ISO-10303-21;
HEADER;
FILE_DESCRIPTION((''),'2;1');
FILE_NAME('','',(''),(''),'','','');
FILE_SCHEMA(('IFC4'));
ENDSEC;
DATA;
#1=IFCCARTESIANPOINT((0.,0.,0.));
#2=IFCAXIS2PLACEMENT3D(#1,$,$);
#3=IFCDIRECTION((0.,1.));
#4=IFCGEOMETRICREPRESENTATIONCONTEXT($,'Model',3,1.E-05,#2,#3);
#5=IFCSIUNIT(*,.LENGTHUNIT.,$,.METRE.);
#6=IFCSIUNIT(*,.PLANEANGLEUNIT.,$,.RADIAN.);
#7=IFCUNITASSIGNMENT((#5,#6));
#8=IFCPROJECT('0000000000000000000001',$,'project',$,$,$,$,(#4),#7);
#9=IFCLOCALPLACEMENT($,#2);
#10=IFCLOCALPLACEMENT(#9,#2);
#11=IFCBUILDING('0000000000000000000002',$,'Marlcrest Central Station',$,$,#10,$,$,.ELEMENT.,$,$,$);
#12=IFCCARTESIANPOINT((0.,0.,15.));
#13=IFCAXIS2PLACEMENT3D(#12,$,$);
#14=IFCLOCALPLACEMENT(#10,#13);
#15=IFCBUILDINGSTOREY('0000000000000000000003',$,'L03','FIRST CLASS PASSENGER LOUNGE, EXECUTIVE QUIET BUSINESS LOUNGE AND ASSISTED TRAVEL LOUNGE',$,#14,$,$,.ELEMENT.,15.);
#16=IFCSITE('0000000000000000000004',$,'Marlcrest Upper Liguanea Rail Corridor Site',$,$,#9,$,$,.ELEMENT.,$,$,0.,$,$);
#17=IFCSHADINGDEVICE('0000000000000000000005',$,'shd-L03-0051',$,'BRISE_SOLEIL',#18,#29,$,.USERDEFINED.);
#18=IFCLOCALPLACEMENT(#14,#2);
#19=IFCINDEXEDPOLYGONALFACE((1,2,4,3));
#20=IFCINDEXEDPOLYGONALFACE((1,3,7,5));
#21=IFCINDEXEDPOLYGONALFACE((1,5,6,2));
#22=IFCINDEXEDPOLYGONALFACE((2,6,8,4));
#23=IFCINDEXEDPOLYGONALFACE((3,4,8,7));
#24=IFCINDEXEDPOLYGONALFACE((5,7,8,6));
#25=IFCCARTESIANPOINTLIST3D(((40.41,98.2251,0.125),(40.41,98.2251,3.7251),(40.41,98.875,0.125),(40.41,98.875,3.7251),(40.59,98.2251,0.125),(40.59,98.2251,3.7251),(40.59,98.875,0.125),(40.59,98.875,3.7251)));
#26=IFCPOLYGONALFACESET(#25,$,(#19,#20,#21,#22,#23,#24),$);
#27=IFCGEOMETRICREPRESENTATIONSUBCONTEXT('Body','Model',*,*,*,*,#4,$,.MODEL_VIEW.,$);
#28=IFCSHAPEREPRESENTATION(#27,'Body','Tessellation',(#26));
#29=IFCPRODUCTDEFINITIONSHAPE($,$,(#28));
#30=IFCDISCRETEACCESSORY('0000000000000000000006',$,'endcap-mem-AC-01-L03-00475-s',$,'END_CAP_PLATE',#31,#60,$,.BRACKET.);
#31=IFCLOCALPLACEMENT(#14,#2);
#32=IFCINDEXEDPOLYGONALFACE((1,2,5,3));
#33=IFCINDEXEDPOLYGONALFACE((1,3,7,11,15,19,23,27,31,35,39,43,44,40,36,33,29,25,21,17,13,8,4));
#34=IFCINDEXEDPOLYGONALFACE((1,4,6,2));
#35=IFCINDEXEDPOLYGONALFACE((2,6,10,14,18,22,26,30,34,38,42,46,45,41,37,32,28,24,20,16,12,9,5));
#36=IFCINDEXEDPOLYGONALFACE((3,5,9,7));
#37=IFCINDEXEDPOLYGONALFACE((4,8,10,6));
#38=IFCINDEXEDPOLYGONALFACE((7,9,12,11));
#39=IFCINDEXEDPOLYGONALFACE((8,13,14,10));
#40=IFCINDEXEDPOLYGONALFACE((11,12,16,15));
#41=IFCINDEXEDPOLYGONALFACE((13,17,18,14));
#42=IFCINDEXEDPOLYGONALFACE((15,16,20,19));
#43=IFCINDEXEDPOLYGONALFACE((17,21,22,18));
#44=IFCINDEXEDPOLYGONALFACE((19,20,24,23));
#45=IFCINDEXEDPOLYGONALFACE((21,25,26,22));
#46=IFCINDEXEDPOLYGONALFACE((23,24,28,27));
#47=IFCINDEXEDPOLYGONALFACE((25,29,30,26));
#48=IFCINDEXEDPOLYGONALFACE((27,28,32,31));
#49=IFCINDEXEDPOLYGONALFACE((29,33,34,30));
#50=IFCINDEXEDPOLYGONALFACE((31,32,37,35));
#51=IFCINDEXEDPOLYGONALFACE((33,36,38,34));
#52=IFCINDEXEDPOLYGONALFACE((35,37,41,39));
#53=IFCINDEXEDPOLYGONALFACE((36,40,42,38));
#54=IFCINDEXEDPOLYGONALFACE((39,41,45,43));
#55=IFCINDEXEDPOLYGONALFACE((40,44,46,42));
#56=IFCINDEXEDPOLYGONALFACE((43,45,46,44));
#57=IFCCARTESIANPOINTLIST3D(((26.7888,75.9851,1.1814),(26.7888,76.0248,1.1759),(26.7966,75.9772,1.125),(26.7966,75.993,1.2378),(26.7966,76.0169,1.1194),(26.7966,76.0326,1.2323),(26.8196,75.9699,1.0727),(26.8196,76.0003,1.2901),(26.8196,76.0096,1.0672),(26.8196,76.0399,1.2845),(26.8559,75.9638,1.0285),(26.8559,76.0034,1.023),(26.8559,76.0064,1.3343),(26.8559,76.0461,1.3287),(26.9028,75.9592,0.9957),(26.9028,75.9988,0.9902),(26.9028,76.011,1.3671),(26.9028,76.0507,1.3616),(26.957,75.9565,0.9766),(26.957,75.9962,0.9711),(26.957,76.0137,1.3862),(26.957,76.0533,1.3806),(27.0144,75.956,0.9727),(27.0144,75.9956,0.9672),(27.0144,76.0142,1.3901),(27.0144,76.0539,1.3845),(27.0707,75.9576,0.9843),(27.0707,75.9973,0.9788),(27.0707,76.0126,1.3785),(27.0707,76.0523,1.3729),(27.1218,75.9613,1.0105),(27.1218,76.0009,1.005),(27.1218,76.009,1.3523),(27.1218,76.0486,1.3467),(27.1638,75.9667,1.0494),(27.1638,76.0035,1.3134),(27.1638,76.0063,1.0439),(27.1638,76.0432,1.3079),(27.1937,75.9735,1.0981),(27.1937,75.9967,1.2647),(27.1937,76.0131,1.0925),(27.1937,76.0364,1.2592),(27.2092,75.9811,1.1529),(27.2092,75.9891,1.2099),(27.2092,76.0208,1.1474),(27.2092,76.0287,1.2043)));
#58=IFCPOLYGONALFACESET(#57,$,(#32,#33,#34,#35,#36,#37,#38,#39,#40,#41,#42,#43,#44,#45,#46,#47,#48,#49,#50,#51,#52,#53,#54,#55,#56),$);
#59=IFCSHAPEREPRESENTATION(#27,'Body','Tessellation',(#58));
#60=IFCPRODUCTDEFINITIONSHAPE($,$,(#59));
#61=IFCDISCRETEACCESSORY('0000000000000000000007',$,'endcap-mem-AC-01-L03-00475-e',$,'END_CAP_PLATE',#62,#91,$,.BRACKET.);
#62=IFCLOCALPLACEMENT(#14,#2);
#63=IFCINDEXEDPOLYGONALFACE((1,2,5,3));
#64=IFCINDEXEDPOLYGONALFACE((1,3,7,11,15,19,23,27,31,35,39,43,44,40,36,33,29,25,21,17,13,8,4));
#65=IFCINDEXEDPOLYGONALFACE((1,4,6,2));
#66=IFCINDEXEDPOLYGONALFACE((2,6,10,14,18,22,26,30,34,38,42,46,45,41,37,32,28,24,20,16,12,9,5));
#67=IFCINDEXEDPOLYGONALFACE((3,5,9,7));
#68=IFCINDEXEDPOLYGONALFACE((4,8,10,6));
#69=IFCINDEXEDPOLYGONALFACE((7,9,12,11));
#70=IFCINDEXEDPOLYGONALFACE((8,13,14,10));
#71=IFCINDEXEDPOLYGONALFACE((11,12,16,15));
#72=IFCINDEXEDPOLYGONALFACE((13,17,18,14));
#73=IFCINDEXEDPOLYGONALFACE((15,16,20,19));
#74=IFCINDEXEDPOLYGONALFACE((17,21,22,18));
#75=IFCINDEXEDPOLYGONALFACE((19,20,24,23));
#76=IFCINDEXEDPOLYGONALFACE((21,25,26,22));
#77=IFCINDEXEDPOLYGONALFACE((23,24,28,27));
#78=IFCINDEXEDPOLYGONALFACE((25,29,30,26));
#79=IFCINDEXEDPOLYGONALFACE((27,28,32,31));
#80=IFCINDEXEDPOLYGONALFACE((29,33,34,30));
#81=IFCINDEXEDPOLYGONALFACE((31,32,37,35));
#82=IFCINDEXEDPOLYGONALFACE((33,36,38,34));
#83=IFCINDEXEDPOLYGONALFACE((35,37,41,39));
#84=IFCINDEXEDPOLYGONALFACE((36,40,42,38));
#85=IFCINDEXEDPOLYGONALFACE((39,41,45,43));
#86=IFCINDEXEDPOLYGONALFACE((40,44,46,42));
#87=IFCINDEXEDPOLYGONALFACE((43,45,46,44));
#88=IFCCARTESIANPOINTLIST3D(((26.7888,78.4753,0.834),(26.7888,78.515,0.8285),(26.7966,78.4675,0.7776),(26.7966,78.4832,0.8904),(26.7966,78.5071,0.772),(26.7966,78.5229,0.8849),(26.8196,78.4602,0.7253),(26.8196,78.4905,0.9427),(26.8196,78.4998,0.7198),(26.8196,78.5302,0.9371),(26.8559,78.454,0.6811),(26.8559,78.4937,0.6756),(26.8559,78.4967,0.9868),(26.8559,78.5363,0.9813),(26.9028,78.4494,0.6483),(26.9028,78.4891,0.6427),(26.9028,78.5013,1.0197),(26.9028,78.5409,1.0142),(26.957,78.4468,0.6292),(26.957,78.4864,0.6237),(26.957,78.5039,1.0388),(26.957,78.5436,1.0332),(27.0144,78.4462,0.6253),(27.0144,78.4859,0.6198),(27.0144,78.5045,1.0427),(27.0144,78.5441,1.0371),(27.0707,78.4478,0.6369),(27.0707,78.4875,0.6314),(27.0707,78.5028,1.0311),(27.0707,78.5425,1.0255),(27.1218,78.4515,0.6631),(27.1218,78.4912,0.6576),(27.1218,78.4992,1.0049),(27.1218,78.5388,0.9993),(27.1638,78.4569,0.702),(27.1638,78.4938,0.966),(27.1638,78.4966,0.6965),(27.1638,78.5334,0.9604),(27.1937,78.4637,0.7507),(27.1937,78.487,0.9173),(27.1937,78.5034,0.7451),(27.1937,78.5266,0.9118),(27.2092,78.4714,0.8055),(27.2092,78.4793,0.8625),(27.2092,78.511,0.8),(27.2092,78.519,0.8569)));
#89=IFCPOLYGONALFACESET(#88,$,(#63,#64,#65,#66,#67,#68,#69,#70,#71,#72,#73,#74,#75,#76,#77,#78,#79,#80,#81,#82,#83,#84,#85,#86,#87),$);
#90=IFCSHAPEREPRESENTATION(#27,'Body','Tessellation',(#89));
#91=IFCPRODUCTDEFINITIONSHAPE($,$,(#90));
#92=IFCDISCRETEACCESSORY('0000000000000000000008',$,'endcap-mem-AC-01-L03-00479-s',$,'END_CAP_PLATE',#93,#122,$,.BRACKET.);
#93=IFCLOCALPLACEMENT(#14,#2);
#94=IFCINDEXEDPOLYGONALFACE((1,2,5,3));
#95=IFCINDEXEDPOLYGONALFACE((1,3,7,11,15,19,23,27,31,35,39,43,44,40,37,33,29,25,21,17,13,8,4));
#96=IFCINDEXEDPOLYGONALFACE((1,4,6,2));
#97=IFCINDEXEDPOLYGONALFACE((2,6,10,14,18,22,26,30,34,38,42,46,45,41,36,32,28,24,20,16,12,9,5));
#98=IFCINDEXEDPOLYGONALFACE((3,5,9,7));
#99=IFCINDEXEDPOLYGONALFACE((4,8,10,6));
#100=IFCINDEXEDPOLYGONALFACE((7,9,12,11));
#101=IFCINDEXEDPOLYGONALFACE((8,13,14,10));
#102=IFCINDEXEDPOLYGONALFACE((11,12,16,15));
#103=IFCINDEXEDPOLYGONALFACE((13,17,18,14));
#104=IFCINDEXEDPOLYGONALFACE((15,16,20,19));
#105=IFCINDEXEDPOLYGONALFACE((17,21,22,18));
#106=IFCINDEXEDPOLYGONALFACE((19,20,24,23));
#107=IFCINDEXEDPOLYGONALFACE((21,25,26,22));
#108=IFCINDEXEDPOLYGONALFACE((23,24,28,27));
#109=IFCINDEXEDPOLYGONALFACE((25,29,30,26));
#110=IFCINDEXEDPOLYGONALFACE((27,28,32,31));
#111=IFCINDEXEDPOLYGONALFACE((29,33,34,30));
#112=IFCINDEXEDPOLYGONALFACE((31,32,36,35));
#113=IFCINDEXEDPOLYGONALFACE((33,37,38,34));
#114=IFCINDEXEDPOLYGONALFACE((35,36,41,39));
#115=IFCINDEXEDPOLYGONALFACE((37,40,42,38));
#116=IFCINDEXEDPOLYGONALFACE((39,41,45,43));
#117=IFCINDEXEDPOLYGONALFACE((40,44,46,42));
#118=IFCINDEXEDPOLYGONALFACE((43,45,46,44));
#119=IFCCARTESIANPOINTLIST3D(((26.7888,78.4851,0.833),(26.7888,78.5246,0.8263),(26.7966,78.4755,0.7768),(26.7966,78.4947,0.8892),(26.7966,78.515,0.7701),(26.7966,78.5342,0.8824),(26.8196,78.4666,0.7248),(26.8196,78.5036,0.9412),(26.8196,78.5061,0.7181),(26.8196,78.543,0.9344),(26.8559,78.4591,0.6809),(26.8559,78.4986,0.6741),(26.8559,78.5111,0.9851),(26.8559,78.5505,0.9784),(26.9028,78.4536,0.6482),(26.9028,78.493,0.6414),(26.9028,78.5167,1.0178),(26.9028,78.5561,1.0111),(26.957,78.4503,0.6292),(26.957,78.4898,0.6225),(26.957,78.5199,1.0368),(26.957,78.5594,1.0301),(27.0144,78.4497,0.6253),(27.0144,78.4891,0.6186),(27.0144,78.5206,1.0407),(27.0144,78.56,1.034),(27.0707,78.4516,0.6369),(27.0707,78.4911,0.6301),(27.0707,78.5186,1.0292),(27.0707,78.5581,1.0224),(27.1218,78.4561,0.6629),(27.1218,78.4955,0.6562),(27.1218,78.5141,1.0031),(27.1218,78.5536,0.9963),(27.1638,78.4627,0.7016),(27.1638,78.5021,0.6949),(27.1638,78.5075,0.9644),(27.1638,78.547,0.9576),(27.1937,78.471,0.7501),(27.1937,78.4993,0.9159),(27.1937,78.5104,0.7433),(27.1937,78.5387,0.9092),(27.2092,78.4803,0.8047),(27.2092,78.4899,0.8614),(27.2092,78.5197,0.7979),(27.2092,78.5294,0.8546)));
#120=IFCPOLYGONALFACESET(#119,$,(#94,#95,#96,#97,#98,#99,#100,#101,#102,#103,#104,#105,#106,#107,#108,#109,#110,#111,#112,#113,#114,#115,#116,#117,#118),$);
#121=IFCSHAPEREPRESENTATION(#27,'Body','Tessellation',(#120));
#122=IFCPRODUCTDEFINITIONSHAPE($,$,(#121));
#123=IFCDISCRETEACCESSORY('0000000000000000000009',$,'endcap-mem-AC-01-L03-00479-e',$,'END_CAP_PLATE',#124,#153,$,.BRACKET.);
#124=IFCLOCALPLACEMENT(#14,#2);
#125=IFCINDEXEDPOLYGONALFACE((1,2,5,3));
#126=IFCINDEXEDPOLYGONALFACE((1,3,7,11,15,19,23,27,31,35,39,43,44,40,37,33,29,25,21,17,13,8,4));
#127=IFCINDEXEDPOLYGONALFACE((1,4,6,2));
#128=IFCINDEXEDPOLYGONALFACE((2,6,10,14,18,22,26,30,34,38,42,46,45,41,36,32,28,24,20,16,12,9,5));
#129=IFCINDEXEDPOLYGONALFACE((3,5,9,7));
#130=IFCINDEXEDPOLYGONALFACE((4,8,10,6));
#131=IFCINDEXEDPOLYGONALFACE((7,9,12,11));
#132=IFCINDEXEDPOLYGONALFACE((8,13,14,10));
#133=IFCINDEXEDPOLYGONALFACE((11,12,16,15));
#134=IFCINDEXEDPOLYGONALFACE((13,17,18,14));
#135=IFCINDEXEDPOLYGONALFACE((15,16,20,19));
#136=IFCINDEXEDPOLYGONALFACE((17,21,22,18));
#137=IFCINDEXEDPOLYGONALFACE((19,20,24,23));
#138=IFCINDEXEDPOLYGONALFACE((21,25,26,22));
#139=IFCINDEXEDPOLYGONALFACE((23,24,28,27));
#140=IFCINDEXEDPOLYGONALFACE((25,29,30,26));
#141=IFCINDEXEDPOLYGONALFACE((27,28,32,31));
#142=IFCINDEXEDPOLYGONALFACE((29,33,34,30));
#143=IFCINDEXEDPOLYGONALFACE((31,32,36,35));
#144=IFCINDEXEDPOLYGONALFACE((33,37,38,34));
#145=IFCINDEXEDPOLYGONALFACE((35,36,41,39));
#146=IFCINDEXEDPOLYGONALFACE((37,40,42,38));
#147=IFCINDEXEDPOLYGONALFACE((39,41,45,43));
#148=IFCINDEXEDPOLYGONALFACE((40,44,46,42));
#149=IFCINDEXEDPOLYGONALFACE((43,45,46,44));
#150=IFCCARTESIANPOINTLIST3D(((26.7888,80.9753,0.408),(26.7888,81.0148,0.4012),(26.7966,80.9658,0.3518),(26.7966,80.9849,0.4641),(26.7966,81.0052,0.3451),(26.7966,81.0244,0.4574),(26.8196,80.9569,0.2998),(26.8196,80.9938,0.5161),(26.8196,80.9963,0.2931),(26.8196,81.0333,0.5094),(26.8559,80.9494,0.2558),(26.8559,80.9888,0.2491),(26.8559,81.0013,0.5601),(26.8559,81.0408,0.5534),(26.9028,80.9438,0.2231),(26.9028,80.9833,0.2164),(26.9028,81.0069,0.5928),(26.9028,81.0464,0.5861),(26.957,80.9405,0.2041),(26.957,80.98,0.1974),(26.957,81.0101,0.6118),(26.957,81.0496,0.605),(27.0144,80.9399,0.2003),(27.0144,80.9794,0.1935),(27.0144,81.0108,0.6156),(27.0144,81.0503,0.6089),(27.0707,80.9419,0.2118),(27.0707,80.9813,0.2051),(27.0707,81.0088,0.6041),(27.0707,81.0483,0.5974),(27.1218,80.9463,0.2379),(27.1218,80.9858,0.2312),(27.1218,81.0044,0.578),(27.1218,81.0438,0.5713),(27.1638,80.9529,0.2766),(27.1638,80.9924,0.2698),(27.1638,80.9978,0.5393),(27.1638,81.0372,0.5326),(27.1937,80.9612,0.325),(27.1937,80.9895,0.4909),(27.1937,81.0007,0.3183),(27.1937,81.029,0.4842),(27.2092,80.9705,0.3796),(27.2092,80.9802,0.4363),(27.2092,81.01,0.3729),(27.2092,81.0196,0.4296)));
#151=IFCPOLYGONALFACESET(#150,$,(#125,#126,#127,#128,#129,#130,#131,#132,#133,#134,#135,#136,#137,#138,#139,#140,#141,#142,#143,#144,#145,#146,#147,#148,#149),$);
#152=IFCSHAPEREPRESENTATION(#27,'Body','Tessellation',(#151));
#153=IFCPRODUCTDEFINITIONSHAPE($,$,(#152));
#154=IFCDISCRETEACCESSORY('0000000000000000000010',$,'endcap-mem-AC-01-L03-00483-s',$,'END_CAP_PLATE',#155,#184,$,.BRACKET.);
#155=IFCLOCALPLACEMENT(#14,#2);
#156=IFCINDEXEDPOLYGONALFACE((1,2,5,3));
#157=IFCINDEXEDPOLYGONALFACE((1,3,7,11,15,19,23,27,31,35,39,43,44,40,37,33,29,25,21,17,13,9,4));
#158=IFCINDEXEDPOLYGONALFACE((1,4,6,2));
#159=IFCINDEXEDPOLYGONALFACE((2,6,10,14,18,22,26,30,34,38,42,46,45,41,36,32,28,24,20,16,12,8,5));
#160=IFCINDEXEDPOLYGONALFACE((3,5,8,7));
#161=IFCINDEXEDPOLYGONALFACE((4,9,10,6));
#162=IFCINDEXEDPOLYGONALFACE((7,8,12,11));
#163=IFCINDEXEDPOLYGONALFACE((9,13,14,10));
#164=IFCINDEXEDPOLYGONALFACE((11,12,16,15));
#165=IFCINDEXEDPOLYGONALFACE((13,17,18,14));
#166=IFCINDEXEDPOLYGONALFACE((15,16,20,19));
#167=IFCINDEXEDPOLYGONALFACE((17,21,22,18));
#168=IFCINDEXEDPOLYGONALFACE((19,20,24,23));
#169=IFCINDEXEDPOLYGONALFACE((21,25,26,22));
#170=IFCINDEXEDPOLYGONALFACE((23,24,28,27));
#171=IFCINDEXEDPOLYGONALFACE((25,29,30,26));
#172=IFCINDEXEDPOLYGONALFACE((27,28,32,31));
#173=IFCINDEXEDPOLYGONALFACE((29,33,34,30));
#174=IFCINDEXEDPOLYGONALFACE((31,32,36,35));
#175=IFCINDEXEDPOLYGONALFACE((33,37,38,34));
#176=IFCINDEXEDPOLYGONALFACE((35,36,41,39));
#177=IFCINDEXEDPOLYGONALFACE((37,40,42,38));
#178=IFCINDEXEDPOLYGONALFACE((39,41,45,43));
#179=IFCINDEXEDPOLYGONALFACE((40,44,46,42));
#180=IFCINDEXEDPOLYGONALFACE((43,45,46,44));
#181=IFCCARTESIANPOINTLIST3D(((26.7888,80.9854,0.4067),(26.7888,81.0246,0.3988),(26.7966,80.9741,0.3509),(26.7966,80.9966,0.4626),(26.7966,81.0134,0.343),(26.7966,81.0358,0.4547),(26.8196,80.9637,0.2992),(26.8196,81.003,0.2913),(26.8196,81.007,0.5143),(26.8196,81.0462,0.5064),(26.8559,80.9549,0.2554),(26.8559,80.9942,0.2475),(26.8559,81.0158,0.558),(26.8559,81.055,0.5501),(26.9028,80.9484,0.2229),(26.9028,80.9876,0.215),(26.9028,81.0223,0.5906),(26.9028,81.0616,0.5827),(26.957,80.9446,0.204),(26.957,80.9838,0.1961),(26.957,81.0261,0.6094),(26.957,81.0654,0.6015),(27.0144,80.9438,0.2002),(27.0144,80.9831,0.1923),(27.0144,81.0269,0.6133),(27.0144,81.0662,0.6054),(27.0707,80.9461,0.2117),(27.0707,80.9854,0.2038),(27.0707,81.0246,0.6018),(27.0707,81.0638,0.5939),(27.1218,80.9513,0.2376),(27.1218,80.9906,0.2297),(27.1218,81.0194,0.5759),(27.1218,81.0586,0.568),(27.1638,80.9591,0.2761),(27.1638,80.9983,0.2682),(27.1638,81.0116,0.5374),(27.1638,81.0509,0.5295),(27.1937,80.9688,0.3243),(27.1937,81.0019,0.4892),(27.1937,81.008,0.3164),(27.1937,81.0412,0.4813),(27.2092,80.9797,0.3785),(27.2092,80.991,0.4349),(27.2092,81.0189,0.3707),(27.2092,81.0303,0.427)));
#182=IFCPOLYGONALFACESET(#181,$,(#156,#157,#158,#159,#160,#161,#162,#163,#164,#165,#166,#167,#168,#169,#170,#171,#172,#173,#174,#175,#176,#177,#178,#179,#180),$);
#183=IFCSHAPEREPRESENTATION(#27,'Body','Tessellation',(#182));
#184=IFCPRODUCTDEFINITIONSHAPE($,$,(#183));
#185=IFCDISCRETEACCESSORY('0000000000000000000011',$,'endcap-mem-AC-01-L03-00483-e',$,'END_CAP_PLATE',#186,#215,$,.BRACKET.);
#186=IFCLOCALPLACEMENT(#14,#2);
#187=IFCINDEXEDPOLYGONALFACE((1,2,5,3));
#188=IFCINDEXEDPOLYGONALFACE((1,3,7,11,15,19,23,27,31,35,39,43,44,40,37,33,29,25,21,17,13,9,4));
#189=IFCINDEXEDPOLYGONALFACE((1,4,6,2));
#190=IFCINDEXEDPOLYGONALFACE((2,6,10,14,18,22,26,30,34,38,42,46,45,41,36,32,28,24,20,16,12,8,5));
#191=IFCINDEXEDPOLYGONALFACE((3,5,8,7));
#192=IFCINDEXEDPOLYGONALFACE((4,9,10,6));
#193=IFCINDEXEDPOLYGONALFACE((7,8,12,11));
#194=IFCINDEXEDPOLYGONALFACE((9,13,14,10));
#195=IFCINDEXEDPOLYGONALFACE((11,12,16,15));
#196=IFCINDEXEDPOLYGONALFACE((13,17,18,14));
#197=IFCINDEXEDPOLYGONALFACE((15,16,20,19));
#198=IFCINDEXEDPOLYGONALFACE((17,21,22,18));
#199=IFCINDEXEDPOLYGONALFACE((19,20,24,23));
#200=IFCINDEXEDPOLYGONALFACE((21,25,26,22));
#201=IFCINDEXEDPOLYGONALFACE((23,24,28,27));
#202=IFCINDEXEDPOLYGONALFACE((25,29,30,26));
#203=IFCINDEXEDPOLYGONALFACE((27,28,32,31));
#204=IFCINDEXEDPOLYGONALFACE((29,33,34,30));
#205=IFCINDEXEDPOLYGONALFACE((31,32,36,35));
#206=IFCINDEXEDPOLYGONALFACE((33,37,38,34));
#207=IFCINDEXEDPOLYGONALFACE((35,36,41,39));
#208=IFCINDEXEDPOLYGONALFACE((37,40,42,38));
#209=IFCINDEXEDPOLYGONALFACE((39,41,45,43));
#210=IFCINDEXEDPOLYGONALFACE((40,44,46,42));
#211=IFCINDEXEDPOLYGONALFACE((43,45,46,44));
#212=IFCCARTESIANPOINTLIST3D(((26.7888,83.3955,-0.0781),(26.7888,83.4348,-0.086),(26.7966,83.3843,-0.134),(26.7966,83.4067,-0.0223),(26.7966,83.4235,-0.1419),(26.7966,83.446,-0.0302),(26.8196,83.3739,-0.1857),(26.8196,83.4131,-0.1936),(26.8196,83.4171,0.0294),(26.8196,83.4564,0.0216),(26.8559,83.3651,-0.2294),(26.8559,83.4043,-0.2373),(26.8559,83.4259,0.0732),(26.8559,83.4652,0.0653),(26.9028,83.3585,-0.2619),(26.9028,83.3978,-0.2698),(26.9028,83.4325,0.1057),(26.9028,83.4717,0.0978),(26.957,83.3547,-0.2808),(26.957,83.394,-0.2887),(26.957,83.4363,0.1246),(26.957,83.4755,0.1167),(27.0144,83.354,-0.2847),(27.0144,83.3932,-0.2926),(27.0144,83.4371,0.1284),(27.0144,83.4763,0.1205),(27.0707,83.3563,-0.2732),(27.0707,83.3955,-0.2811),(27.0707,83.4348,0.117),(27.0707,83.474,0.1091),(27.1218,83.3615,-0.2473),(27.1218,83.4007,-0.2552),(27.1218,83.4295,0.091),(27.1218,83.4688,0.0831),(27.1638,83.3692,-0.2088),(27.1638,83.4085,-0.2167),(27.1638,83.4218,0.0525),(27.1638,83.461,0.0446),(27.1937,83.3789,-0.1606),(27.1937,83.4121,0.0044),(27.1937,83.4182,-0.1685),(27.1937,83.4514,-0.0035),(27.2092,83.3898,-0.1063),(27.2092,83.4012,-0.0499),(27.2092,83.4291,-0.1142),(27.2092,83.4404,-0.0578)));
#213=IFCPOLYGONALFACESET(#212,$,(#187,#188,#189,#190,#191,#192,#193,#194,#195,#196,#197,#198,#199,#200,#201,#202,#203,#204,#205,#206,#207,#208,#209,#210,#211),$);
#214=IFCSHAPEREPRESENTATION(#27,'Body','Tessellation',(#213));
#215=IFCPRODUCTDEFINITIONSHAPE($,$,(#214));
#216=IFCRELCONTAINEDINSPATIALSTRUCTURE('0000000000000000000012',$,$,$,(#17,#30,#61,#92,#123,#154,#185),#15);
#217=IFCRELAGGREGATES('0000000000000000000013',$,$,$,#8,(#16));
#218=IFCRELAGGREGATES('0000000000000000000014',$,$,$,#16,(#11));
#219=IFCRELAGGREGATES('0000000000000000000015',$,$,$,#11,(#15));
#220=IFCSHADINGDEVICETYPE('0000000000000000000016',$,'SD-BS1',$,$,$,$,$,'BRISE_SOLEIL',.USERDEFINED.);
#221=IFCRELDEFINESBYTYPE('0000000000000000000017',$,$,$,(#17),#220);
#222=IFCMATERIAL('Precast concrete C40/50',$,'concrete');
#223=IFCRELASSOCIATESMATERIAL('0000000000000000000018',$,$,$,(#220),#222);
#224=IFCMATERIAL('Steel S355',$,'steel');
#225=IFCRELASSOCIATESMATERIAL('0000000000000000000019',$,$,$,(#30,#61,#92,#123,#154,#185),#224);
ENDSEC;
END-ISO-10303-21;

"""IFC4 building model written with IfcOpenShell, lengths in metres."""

from ifc_helpers import new_model, si_unit, direction, frame, origin, origin_2d, place, context, subcontext, project, spatial, rectangle, circle, extrude, material, type_object, element, save


model = new_model("IFC4")

# Units and contexts
model_context = context("Model", 3, precision=1e-05, world=origin(), true_north=direction((0.0, 1.0)))
body_context = subcontext(model_context, "Body", "Model", "MODEL_VIEW")
ifc_project = project(units=[si_unit("LENGTHUNIT", "METRE"), si_unit("PLANEANGLEUNIT", "RADIAN")], contexts=[model_context])

# Site, building, storey
site_placement = place(None, origin())
site = spatial("IfcSite", under=ifc_project, at=site_placement, Name="Marlcrest Upper Liguanea Rail Corridor Site", CompositionType="ELEMENT", RefElevation=0.0)
building_placement = place(site_placement, origin())
building = spatial("IfcBuilding", under=site, at=building_placement, Name="Marlcrest Central Station", CompositionType="ELEMENT")
storey_placement = place(building_placement, frame((0.0, 0.0, 15.0)))
storey = spatial("IfcBuildingStorey", under=building, at=storey_placement, Name="L03", Description="FIRST CLASS PASSENGER LOUNGE, EXECUTIVE QUIET BUSINESS LOUNGE AND ASSISTED TRAVEL LOUNGE", CompositionType="ELEMENT", Elevation=15.0)

# Shared definitions
ifc_material_1 = material(Name="Steel S355", Category="steel")

# Shading device
ifc_material_2 = material(Name="Precast concrete C40/50", Category="concrete")
shading_device_type = type_object("IfcShadingDeviceType", Name="SD-BS1", ElementType="BRISE_SOLEIL", PredefinedType="USERDEFINED", material=ifc_material_2)
for number, where, z_axis, x_axis, name in (
    (1, (40.5, 98.55, 0.125), (0.0, 0.0, 1.0), (1.0, 0.0, 0.0), "shd-L03-0051"),
):
    element("IfcShadingDevice", number, at=place(storey_placement, frame(where, z_axis=z_axis, x_axis=x_axis)), inside=storey, type_object=shading_device_type, Name=name, ObjectType="BRISE_SOLEIL", PredefinedType="USERDEFINED", context=body_context, shape_type="SweptSolid", body=[
        extrude(rectangle(XDim=0.1799, YDim=0.6499, at=origin_2d()), origin(), (0.0, 0.0, 1.0), 3.6001),
    ])

# Discrete accessories
for number, where, z_axis, x_axis, name in (
    (2, (27.0, 75.9851, 1.1814), (0.0, 0.990403, -0.138211), (-1.0, 0.0, 0.0), "endcap-mem-AC-01-L03-00475-s"),
    (3, (27.0, 78.4753, 0.834), (0.0, 0.990403, -0.138211), (-1.0, 0.0, 0.0), "endcap-mem-AC-01-L03-00475-e"),
    (4, (27.0, 78.4851, 0.833), (0.0, 0.985741, -0.168269), (-1.0, 0.0, 0.0), "endcap-mem-AC-01-L03-00479-s"),
    (5, (27.0, 80.9753, 0.408), (0.0, 0.985741, -0.168269), (-1.0, 0.0, 0.0), "endcap-mem-AC-01-L03-00479-e"),
    (6, (27.0, 80.9854, 0.4067), (0.0, 0.980359, -0.197219), (-1.0, 0.0, 0.0), "endcap-mem-AC-01-L03-00483-s"),
    (7, (27.0, 83.3955, -0.0781), (0.0, 0.980359, -0.197219), (-1.0, 0.0, 0.0), "endcap-mem-AC-01-L03-00483-e"),
):
    element("IfcDiscreteAccessory", number, at=place(storey_placement, frame(where, z_axis=z_axis, x_axis=x_axis)), inside=storey, material=ifc_material_1, Name=name, ObjectType="END_CAP_PLATE", PredefinedType="BRACKET", context=body_context, shape_type="SweptSolid", body=[
        extrude(circle(Radius=0.2112, at=origin_2d()), origin(), (0.0, 0.0, 1.0), 0.04),
    ])

save(model, "model.ifc")
